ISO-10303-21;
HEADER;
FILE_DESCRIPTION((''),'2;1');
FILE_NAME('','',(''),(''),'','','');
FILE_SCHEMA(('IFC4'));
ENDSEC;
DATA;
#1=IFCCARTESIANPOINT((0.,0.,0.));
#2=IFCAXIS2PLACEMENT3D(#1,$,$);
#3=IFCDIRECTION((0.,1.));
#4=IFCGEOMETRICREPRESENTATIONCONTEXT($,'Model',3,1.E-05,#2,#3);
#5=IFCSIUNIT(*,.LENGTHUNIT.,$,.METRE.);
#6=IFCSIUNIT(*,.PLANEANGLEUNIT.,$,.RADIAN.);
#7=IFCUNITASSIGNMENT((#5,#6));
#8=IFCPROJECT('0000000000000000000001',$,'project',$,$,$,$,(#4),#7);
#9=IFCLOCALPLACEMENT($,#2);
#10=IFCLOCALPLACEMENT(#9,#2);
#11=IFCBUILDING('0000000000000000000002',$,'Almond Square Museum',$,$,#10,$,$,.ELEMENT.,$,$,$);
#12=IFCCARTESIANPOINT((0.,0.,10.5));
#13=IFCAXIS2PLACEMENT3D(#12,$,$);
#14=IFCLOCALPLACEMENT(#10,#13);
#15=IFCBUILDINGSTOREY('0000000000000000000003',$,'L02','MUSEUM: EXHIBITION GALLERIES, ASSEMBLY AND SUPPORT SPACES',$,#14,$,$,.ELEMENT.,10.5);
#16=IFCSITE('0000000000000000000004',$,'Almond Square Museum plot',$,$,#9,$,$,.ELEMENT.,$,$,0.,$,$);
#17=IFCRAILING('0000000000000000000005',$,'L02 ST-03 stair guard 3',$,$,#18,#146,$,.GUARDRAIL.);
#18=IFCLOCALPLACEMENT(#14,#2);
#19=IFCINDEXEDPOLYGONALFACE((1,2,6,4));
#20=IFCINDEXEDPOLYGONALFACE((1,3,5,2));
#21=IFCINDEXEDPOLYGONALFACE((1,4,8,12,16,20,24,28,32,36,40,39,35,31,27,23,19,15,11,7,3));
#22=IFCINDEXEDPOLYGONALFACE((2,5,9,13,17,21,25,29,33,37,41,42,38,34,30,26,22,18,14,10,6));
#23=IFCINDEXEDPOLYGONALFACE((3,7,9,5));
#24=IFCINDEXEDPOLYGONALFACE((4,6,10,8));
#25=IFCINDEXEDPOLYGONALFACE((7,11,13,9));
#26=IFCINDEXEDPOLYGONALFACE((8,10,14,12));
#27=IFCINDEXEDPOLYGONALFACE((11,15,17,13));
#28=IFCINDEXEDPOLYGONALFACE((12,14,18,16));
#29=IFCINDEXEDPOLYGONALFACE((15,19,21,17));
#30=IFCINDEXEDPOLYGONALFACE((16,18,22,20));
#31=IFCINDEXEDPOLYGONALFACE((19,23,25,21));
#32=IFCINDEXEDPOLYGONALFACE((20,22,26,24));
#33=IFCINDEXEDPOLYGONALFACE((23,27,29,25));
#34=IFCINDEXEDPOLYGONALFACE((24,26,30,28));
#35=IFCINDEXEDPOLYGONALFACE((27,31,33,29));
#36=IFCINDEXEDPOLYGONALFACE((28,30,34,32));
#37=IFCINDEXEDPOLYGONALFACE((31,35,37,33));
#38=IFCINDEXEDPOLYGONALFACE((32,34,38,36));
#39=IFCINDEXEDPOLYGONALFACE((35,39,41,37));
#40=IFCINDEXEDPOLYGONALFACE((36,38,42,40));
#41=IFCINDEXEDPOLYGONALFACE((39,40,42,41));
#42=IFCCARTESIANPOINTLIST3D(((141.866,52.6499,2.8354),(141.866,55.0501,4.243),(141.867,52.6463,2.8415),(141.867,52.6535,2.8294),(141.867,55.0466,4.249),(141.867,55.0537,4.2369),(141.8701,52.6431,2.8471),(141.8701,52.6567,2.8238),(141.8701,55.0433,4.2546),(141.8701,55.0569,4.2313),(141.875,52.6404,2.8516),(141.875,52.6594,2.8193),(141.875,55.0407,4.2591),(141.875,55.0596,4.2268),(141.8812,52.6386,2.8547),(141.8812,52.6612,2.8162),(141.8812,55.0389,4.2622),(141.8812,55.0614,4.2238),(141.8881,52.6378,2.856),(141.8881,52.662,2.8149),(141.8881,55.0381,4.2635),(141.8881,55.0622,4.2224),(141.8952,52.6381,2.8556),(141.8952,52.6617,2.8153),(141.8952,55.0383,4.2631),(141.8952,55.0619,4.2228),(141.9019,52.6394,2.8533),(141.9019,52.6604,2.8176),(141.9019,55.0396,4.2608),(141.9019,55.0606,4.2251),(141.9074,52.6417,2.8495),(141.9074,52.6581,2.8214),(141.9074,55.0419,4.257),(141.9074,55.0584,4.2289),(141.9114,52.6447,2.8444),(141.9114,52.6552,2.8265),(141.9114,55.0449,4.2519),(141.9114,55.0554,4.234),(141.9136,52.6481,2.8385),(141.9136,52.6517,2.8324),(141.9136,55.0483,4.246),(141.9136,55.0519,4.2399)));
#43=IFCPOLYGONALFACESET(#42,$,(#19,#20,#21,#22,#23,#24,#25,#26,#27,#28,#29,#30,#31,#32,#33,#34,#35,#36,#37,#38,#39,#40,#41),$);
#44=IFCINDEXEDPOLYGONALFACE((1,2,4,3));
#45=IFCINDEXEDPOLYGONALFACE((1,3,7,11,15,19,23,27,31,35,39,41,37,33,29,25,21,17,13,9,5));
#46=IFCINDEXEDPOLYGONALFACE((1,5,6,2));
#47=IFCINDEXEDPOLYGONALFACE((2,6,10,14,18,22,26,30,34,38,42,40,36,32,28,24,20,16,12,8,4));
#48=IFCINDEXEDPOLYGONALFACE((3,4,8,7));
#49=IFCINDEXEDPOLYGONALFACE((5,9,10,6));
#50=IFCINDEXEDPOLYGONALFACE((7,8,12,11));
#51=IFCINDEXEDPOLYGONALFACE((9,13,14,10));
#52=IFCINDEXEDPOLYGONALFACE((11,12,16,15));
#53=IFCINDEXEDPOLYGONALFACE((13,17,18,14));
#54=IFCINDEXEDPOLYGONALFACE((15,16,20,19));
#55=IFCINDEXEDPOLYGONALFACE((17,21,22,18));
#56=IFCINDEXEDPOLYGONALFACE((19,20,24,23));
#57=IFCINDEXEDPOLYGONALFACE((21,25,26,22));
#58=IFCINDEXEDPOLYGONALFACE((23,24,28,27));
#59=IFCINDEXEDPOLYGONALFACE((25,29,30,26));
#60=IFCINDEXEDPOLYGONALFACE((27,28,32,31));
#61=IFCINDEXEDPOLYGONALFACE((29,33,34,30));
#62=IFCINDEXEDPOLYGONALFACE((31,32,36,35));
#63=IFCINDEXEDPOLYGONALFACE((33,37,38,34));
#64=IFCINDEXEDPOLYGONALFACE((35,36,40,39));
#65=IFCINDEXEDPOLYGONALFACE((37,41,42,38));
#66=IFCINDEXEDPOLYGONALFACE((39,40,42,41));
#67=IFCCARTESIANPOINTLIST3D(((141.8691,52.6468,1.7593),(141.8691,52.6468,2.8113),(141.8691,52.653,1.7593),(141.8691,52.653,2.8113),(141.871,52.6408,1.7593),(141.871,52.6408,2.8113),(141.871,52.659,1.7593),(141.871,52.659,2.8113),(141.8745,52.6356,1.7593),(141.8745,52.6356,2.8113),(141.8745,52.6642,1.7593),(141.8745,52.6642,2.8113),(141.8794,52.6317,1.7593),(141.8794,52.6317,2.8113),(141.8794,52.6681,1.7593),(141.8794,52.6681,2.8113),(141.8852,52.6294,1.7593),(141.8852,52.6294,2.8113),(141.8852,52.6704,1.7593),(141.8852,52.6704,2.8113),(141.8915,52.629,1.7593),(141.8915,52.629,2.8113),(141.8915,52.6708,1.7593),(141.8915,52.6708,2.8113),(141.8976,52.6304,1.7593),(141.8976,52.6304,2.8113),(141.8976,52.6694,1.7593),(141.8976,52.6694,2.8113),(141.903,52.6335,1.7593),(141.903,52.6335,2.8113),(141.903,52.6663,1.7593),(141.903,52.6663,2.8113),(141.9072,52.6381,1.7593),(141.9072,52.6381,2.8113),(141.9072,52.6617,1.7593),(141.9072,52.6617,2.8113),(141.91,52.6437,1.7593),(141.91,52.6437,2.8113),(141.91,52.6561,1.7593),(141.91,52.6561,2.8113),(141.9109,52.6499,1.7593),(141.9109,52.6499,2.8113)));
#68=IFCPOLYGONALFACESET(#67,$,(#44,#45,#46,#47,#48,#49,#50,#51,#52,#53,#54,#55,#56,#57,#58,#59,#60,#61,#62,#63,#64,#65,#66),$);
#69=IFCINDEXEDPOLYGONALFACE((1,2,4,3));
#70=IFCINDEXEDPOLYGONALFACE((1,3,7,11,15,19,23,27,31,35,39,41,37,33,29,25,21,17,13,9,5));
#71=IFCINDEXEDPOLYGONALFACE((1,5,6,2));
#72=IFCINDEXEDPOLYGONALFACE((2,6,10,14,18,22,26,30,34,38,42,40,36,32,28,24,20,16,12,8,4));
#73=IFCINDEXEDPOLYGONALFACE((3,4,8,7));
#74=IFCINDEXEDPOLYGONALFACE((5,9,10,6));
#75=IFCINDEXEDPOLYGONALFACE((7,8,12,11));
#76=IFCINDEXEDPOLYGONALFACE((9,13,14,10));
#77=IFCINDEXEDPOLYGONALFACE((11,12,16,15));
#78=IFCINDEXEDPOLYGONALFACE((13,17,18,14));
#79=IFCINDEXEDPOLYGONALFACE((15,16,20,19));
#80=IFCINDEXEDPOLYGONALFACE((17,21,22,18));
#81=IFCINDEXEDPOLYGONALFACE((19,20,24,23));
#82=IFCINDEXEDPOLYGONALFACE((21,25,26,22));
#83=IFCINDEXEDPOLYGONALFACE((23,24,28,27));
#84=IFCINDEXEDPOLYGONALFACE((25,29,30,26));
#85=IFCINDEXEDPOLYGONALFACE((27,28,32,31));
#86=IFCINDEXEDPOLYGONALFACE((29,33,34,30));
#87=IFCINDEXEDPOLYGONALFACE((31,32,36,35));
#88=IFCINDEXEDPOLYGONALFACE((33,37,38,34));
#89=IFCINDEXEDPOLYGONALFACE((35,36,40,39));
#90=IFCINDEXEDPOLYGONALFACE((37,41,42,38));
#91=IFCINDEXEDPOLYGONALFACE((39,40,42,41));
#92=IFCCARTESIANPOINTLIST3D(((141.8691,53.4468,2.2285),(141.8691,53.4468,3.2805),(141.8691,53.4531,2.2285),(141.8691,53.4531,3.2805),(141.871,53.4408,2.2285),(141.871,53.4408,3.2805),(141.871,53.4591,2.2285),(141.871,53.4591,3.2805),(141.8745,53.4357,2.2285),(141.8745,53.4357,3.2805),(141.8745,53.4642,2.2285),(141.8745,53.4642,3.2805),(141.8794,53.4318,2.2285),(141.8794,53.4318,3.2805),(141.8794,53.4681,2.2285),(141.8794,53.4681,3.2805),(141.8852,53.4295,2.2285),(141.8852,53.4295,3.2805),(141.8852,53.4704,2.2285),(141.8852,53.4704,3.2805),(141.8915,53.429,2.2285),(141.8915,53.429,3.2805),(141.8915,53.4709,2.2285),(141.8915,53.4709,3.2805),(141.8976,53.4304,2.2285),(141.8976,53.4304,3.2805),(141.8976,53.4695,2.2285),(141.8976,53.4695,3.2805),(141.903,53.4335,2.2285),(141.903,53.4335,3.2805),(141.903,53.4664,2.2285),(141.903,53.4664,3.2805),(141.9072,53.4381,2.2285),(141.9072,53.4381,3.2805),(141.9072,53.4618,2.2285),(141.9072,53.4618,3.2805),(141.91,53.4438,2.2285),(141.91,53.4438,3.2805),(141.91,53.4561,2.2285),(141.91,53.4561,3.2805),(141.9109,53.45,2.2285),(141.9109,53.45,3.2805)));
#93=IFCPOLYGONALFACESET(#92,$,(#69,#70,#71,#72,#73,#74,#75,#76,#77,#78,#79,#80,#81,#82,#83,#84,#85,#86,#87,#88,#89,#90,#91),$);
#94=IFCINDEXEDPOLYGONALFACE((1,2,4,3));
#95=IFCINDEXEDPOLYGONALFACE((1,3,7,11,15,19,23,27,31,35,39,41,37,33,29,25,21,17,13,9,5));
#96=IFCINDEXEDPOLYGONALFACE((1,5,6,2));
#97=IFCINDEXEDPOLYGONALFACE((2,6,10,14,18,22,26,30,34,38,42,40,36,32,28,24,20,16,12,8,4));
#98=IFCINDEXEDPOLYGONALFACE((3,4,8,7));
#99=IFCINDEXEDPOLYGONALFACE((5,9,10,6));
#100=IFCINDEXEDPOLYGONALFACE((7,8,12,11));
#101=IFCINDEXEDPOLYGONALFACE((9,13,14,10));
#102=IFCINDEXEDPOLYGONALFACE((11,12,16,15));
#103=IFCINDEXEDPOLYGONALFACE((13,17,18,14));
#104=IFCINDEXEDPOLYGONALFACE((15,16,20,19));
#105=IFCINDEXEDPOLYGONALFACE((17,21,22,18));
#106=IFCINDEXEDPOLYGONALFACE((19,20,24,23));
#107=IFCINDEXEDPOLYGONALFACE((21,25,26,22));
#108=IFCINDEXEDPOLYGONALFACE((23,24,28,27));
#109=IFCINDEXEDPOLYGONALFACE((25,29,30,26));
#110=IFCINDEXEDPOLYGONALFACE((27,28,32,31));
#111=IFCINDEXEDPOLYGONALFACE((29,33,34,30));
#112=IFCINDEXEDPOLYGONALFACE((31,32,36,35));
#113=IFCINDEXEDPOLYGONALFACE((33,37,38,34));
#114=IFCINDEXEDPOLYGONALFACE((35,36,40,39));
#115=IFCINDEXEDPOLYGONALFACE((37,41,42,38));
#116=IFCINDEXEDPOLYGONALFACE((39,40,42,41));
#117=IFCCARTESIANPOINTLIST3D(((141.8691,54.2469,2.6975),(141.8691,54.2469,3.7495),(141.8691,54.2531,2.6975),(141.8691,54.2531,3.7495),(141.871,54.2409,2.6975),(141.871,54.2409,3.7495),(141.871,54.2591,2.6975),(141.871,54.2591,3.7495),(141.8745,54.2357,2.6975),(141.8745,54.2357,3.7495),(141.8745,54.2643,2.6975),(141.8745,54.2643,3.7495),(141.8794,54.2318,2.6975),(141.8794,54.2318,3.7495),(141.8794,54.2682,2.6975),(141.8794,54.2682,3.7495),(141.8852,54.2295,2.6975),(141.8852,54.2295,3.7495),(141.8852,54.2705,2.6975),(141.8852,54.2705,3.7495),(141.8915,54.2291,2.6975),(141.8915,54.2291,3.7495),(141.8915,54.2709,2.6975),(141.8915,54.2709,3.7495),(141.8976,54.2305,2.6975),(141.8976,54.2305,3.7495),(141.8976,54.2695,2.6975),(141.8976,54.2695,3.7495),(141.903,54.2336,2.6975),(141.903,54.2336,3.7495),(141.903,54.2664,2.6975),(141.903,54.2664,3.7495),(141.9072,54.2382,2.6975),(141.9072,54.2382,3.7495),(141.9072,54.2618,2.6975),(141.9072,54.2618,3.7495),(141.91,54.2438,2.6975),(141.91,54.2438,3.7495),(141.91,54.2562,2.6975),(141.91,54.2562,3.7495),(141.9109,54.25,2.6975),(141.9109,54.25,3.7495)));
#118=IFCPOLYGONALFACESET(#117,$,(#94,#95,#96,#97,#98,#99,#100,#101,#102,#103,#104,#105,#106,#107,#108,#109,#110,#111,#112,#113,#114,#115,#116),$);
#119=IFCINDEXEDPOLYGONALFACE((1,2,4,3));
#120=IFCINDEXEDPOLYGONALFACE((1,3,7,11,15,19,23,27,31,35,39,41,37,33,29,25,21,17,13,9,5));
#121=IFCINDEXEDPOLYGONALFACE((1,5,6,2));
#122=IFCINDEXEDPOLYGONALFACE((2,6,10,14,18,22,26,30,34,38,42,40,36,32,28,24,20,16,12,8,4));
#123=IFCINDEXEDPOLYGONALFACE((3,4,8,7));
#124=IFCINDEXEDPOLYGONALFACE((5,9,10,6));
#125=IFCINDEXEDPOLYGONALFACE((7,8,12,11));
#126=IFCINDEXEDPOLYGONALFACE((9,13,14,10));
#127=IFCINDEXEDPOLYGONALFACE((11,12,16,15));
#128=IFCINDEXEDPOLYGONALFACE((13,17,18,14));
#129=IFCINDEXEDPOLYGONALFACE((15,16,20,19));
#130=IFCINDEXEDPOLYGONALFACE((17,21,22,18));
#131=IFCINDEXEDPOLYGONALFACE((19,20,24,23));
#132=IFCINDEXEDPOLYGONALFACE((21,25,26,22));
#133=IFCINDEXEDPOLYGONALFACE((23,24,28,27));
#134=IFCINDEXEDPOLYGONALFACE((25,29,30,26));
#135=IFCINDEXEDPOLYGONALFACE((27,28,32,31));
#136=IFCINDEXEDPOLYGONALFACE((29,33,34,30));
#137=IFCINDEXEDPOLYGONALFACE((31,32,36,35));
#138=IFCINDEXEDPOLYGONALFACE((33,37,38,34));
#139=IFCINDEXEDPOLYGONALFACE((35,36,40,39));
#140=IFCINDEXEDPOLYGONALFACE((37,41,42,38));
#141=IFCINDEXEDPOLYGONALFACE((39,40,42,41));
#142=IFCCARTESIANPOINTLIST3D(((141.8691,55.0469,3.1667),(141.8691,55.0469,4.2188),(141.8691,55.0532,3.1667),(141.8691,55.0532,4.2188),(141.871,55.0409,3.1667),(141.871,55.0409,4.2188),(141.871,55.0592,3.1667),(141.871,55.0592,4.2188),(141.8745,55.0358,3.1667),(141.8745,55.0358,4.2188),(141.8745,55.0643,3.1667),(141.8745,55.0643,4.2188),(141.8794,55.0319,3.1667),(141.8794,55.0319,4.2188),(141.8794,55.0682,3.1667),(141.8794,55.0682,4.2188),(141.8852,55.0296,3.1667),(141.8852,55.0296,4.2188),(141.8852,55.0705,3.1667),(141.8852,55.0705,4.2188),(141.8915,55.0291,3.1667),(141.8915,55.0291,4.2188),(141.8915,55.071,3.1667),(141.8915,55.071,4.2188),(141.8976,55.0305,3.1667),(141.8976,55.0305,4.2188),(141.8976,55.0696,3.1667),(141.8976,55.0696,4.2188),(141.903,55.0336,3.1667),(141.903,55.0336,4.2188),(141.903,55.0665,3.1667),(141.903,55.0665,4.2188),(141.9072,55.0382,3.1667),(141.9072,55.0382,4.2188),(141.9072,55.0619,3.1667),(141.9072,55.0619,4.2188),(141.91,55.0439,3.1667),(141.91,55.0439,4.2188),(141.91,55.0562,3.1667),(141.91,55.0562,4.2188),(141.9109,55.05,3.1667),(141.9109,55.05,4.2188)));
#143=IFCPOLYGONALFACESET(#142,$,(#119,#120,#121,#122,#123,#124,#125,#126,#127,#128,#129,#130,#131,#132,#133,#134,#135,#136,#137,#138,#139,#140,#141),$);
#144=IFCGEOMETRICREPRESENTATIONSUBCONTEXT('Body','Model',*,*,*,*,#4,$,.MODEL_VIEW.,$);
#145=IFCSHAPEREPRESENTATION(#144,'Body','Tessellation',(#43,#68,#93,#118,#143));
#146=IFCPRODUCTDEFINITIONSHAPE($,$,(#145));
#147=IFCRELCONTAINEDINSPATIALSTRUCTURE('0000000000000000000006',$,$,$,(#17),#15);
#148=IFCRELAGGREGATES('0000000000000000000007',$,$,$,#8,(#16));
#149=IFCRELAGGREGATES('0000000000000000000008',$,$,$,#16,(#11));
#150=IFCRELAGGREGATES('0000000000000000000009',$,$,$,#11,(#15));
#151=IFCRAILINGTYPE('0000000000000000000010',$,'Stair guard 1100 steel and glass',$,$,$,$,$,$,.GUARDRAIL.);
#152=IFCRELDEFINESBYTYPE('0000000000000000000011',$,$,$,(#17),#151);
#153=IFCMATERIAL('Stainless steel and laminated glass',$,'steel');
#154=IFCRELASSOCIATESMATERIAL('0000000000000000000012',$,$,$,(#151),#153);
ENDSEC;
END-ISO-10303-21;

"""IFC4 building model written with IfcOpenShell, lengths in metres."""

from ifc_helpers import new_model, si_unit, direction, frame, origin, origin_2d, place, context, subcontext, project, spatial, circle, extrude, material, type_object, element, save


model = new_model("IFC4")

# Units and contexts
model_context = context("Model", 3, precision=1e-05, world=origin(), true_north=direction((0.0, 1.0)))
body_context = subcontext(model_context, "Body", "Model", "MODEL_VIEW")
ifc_project = project(units=[si_unit("LENGTHUNIT", "METRE"), si_unit("PLANEANGLEUNIT", "RADIAN")], contexts=[model_context])

# Site, building, storey
site_placement = place(None, origin())
site = spatial("IfcSite", under=ifc_project, at=site_placement, Name="Almond Square Museum plot", CompositionType="ELEMENT", RefElevation=0.0)
building_placement = place(site_placement, origin())
building = spatial("IfcBuilding", under=site, at=building_placement, Name="Almond Square Museum", CompositionType="ELEMENT")
storey_placement = place(building_placement, frame((0.0, 0.0, 10.5)))
storey = spatial("IfcBuildingStorey", under=building, at=storey_placement, Name="L02", Description="MUSEUM: EXHIBITION GALLERIES, ASSEMBLY AND SUPPORT SPACES", CompositionType="ELEMENT", Elevation=10.5)

# Railing
ifc_material_1 = material(Name="Stainless steel and laminated glass", Category="steel")
railing_type_1 = type_object("IfcRailingType", Name="Stair guard 1100 steel and glass", PredefinedType="GUARDRAIL", material=ifc_material_1)
railing_1_placement = place(storey_placement, frame((141.8899, 52.6499, 1.7593)))
element("IfcRailing", 1, at=railing_1_placement, inside=storey, type_object=railing_type_1, Name="L02 ST-03 stair guard 3", PredefinedType="GUARDRAIL", context=body_context, shape_type="SweptSolid", body=[
    extrude(circle(Radius=0.0239, at=origin_2d()), frame((0.0, 0.0, 1.0762), z_axis=(0.0, 0.862621, 0.50585), x_axis=(-1.0, 0.0, 0.0)), (0.0, 0.0, 1.0), 2.7825),
    extrude(circle(Radius=0.021, at=origin_2d()), origin(), (0.0, 0.0, 1.0), 1.052),
    extrude(circle(Radius=0.021, at=origin_2d()), frame((0.0, 0.8, 0.4692)), (0.0, 0.0, 1.0), 1.052),
    extrude(circle(Radius=0.021, at=origin_2d()), frame((0.0, 1.6001, 0.9382)), (0.0, 0.0, 1.0), 1.052),
    extrude(circle(Radius=0.021, at=origin_2d()), frame((0.0, 2.4001, 1.4075)), (0.0, 0.0, 1.0), 1.052),
])

save(model, "model.ifc")
